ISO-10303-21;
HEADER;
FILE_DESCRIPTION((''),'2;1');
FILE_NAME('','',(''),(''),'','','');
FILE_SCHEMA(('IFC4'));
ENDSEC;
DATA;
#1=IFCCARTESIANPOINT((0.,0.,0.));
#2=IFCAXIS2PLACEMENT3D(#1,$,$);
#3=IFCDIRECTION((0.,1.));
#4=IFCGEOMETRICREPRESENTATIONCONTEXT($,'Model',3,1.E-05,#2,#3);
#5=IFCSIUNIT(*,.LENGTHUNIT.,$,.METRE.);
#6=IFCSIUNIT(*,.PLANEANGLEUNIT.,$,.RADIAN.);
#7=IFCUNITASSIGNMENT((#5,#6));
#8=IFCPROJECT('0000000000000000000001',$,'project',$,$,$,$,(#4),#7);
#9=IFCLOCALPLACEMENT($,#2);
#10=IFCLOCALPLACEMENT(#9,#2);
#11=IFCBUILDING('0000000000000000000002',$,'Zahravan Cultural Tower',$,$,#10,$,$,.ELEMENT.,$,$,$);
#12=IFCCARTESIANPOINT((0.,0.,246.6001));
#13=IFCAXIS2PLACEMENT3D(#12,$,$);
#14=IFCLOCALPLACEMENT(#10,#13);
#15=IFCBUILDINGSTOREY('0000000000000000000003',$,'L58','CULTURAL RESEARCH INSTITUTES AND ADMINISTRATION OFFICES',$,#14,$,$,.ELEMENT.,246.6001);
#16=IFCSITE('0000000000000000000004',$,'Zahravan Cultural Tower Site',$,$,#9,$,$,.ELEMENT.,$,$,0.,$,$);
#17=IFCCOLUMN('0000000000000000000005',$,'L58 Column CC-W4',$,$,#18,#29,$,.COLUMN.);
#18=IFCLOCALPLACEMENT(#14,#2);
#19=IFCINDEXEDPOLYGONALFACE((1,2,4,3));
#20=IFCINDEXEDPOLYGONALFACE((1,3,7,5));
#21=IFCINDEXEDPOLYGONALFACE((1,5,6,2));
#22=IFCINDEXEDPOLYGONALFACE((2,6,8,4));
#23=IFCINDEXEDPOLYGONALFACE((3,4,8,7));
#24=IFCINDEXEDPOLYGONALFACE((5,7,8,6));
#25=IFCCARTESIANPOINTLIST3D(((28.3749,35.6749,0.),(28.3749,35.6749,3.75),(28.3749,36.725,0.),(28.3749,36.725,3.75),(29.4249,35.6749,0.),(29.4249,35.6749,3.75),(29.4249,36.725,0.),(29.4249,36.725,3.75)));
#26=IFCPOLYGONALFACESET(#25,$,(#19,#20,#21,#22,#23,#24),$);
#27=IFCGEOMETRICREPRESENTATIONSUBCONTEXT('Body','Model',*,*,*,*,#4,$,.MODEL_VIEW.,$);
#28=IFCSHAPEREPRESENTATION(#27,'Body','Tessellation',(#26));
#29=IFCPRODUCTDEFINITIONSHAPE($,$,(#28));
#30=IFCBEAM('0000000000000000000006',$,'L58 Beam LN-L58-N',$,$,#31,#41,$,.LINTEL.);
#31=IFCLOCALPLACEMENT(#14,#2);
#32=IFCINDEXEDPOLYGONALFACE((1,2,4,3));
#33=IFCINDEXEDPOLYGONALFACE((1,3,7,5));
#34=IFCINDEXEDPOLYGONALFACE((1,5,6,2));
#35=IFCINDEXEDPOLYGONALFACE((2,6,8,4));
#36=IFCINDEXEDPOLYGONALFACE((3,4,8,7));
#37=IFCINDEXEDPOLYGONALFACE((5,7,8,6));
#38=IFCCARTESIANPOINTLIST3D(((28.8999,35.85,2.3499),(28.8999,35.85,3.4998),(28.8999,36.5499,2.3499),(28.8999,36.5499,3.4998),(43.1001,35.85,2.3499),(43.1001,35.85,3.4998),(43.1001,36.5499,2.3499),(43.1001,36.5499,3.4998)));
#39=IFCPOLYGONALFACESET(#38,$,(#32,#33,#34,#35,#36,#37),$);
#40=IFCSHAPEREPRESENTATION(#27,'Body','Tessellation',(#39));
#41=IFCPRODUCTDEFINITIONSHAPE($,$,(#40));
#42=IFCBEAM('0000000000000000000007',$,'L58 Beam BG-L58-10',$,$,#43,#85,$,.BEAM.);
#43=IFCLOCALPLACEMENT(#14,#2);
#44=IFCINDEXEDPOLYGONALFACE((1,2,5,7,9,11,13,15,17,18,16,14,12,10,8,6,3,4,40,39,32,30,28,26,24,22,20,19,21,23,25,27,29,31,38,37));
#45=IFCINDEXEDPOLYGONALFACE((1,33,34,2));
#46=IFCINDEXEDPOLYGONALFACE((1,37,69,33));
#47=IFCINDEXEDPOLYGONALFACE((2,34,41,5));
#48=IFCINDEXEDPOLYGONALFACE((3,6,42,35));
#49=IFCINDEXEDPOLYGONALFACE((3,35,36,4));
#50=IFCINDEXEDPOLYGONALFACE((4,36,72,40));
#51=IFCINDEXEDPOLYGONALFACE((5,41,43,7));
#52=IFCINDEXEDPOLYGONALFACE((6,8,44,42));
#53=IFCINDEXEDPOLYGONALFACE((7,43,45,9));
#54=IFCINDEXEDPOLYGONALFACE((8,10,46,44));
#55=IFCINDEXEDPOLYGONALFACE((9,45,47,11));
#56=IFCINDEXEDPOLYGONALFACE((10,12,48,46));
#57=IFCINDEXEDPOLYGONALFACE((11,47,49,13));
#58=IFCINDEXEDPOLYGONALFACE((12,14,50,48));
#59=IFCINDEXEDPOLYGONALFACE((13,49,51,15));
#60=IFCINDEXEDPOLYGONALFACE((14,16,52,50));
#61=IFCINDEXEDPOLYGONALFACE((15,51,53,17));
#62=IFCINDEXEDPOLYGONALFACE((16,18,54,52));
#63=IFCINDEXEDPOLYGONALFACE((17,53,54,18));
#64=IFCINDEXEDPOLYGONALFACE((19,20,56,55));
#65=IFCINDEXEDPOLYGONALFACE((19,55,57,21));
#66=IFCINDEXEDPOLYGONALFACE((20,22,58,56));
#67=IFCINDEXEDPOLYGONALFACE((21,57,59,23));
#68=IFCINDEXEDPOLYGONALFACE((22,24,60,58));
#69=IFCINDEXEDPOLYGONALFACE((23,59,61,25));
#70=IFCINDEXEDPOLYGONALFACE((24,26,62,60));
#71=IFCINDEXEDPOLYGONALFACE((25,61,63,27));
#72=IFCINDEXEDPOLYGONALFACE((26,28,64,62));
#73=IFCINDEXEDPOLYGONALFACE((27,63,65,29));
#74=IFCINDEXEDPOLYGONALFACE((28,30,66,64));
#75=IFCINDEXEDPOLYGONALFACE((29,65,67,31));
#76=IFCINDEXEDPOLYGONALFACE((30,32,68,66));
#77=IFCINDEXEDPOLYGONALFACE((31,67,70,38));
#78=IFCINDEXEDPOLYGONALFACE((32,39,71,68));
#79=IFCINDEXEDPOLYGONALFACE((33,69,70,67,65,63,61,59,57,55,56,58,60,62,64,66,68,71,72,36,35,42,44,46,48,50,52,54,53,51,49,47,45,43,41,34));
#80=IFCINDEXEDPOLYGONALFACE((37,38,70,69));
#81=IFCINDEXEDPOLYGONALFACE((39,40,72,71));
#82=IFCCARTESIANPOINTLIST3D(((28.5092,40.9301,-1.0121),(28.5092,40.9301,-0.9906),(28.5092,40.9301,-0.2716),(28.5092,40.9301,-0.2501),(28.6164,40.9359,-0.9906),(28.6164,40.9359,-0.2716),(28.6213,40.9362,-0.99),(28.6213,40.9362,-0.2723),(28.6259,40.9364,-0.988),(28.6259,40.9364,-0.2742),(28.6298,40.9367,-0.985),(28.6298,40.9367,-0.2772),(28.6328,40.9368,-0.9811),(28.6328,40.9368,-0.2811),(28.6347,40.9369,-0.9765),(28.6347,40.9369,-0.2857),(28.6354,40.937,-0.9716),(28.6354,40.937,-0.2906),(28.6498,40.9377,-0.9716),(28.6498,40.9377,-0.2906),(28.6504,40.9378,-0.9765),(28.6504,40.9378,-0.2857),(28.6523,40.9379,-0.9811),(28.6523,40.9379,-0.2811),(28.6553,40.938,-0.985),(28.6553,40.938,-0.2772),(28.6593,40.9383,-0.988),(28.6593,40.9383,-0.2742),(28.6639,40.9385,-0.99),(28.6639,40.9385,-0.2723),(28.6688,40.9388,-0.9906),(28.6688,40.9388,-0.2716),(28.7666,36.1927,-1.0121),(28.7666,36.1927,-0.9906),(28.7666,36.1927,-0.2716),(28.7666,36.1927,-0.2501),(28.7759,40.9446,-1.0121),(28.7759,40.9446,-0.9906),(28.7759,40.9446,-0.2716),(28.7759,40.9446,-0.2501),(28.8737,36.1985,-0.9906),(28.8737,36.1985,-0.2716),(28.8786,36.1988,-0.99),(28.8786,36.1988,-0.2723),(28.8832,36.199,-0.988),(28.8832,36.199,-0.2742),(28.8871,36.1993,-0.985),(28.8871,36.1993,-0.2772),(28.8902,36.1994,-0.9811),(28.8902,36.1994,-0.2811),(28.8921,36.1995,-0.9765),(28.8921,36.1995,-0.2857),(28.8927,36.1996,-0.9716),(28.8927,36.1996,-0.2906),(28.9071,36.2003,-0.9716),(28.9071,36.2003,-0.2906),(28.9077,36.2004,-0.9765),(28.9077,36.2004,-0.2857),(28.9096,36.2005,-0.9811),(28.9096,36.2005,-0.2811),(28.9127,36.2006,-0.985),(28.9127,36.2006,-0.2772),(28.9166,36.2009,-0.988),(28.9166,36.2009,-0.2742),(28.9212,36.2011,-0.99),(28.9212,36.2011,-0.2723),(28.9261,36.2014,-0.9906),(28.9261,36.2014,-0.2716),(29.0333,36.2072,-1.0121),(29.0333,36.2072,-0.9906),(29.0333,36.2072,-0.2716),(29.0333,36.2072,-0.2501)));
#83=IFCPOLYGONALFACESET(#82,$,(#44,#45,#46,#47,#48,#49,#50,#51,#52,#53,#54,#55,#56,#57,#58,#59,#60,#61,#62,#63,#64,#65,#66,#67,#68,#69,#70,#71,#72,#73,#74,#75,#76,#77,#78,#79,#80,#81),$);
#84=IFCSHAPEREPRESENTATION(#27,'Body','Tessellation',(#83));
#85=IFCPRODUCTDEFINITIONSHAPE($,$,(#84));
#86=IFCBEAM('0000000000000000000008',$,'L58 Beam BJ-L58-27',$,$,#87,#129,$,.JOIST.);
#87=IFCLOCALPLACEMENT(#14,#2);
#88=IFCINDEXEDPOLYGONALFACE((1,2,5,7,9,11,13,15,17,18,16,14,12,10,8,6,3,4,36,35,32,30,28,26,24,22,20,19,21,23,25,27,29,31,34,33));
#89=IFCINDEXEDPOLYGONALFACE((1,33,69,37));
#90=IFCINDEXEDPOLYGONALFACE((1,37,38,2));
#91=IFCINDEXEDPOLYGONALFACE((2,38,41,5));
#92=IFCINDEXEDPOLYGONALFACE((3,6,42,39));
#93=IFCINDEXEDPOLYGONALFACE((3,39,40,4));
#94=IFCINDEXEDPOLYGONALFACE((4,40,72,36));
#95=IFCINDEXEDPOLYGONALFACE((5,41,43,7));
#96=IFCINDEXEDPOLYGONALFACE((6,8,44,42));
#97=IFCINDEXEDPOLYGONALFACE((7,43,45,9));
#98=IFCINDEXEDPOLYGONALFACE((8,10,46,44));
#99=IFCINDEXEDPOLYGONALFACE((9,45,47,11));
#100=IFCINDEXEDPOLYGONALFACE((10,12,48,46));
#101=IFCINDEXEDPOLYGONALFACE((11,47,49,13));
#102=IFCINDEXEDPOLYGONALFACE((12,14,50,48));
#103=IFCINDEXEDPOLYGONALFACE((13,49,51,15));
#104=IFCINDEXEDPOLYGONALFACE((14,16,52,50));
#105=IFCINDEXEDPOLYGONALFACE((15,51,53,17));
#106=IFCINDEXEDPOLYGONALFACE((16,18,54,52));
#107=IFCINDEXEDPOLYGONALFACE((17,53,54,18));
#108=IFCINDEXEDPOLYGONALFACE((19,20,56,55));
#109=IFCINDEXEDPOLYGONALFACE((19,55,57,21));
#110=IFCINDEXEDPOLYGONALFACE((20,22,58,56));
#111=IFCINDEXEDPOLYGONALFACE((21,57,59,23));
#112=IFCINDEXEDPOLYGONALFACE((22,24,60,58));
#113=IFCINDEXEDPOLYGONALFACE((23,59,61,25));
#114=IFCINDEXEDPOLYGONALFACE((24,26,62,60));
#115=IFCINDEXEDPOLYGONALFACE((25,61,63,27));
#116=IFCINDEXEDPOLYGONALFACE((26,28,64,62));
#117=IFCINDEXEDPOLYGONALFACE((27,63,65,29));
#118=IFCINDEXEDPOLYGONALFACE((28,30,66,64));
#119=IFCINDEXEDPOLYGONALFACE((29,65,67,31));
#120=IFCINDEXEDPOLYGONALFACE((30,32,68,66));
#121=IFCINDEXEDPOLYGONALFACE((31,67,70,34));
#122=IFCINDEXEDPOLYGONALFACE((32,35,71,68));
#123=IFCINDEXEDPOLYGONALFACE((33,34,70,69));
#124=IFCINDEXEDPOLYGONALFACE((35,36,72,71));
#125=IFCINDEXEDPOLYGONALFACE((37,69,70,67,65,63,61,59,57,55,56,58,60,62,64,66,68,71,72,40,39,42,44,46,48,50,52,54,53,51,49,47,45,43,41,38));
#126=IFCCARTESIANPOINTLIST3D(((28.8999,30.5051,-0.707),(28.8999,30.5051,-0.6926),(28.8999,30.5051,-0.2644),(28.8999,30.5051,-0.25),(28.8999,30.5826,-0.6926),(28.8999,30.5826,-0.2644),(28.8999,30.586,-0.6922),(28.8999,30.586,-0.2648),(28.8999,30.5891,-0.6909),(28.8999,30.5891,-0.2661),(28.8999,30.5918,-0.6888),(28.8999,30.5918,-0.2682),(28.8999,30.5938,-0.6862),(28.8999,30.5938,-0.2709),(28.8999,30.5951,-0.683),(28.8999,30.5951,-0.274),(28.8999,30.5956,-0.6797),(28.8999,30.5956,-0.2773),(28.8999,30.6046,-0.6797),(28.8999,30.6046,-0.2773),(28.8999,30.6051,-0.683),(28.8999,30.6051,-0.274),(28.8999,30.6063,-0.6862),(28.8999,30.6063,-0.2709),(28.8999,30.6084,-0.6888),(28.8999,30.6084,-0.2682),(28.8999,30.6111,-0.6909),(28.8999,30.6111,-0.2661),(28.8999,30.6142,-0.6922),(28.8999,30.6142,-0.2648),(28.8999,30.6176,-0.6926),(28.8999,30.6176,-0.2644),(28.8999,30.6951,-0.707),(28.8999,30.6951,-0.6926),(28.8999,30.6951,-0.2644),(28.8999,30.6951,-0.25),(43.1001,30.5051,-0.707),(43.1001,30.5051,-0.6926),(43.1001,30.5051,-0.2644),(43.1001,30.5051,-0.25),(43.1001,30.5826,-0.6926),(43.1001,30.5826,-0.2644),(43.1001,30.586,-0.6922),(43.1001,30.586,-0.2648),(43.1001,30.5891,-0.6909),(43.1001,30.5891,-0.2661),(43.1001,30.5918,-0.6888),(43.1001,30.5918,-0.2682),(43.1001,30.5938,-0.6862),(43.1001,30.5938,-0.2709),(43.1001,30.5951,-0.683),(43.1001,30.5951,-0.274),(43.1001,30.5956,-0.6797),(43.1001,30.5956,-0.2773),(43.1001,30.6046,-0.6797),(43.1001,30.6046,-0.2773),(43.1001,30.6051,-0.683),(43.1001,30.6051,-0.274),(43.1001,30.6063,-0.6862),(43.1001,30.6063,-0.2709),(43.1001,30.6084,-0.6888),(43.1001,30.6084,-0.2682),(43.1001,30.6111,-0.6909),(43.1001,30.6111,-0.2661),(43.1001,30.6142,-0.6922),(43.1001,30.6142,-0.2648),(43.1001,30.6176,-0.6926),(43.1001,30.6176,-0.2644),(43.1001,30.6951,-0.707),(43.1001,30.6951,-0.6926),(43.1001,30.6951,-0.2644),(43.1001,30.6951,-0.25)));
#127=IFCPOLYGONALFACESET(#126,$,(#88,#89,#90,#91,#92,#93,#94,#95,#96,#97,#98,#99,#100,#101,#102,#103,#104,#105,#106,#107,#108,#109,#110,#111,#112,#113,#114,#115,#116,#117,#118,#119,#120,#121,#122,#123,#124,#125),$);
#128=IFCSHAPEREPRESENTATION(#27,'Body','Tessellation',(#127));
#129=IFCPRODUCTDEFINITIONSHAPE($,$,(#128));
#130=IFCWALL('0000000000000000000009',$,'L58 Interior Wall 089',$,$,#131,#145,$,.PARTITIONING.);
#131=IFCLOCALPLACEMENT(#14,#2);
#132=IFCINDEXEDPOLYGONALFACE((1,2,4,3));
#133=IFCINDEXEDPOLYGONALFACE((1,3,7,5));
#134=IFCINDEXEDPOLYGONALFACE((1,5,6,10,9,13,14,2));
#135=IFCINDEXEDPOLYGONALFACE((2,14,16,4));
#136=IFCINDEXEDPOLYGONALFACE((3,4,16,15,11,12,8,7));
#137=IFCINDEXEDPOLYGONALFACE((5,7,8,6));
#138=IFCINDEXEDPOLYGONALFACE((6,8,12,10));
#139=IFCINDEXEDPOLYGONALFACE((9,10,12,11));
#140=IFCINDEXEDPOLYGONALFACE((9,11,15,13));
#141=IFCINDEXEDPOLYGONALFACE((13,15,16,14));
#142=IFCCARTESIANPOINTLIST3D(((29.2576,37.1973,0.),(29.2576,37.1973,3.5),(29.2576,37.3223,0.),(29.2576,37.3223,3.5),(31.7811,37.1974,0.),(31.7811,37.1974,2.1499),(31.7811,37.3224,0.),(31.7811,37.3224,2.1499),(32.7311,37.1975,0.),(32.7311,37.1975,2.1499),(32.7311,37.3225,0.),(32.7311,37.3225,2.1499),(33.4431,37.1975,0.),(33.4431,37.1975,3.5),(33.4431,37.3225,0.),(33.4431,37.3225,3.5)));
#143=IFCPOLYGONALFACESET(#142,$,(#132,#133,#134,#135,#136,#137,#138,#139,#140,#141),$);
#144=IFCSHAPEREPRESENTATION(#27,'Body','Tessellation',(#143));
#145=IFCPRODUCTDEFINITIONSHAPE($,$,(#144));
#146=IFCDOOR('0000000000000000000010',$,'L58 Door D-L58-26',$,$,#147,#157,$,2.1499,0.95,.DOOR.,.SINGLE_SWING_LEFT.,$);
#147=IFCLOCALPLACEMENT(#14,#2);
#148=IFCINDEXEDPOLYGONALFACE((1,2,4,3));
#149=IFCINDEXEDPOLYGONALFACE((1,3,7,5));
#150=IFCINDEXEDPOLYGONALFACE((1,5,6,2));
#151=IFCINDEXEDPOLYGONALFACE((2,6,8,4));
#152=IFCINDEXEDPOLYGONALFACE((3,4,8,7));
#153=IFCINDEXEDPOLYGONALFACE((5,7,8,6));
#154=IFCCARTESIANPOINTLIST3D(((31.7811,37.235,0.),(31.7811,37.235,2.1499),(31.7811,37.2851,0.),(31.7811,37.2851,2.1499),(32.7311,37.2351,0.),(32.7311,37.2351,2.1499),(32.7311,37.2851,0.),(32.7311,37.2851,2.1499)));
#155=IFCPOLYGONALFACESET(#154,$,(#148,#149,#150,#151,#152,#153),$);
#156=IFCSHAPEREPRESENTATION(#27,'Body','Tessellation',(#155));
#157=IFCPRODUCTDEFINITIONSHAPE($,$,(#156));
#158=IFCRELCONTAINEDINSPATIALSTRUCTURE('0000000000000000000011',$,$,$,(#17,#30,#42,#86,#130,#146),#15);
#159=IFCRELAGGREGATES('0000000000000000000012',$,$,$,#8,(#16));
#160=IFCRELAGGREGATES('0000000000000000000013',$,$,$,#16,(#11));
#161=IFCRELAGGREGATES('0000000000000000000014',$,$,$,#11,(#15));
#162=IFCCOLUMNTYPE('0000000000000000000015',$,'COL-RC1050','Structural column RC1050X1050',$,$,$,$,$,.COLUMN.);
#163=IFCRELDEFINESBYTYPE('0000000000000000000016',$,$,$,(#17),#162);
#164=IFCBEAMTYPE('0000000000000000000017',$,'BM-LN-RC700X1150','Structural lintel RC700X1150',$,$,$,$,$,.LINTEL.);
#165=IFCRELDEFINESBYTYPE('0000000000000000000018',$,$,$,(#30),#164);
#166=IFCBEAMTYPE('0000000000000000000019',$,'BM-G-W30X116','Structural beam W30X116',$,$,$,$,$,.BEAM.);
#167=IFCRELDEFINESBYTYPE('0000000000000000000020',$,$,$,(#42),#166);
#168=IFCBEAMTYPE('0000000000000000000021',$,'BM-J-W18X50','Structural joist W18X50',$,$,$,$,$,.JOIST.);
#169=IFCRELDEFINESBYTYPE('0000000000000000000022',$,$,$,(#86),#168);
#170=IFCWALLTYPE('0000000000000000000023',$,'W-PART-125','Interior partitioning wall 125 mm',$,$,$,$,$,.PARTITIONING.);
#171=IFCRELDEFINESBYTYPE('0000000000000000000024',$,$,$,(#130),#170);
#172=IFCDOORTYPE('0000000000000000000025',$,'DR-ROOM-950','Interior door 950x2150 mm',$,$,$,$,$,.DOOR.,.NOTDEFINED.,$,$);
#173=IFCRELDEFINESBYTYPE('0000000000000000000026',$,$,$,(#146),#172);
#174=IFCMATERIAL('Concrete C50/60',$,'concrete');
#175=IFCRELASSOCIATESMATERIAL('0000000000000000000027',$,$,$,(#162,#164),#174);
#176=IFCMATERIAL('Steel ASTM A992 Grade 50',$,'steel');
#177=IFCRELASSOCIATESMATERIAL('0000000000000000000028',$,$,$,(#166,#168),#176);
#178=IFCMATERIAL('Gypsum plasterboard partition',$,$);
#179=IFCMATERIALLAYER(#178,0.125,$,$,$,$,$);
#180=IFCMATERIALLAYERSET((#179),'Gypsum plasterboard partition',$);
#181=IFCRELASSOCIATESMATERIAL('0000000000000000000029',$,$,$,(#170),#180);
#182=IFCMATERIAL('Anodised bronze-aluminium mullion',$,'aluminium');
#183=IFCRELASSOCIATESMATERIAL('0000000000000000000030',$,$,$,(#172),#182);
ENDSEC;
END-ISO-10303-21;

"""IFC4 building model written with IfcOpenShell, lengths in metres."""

from ifc_helpers import new_model, si_unit, direction, frame, frame_2d, origin, origin_2d, place, context, subcontext, project, spatial, rectangle, i_section, extrude, source, transform, mapped, material, layer, layer_set, material_profile, profile_set, type_object, element, fill, save


model = new_model("IFC4")

# Units and contexts
model_context = context("Model", 3, precision=1e-05, world=origin(), true_north=direction((0.0, 1.0)))
body_context = subcontext(model_context, "Body", "Model", "MODEL_VIEW")
ifc_project = project(units=[si_unit("LENGTHUNIT", "METRE"), si_unit("PLANEANGLEUNIT", "RADIAN")], contexts=[model_context])

# Site, building, storey
site_placement = place(None, origin())
site = spatial("IfcSite", under=ifc_project, at=site_placement, Name="Zahravan Cultural Tower Site", CompositionType="ELEMENT", RefElevation=0.0)
building_placement = place(site_placement, origin())
building = spatial("IfcBuilding", under=site, at=building_placement, Name="Zahravan Cultural Tower", CompositionType="ELEMENT")
storey_placement = place(building_placement, frame((0.0, 0.0, 246.6001)))
storey = spatial("IfcBuildingStorey", under=building, at=storey_placement, Name="L58", Description="CULTURAL RESEARCH INSTITUTES AND ADMINISTRATION OFFICES", CompositionType="ELEMENT", Elevation=246.6001)

# Column
ifc_material_1 = material(Name="Concrete C50/60", Category="concrete")
ifc_material_profile_1 = material_profile(ifc_material_1, rectangle(XDim=1.05, YDim=1.05, at=origin_2d()), Name="RC1050X1050")
ifc_profile_set_1 = profile_set([ifc_material_profile_1], Name="Concrete C50/60")
column_type = type_object("IfcColumnType", Name="COL-RC1050", Description="Structural column RC1050X1050", PredefinedType="COLUMN", material=ifc_profile_set_1)
shared_shape_1 = source(origin(), body_context, "Body", "SweptSolid", [
    extrude(rectangle(XDim=1.05, YDim=1.05, at=origin_2d()), origin(), (0.0, 0.0, 1.0), 3.75),
])
column_placement = place(storey_placement, frame((28.8999, 36.2, 0.0), z_axis=(0.0, 0.0, 1.0), x_axis=(1.0, 0.0, 0.0)))
element("IfcColumn", 1, at=column_placement, inside=storey, type_object=column_type, Name="L58 Column CC-W4", PredefinedType="COLUMN", context=body_context, shape_type="MappedRepresentation", body=[
    mapped(shared_shape_1, transform((0.0, 0.0, 0.0), x_axis=(1.0, 0.0, 0.0), y_axis=(0.0, 1.0, 0.0), z_axis=(0.0, 0.0, 1.0), scale=1.0)),
])

# Beams
ifc_material_profile_2 = material_profile(ifc_material_1, rectangle(XDim=0.7, YDim=1.1499, at=origin_2d()), Name="RC700X1150")
ifc_profile_set_2 = profile_set([ifc_material_profile_2], Name="Concrete C50/60")
beam_type_1 = type_object("IfcBeamType", Name="BM-LN-RC700X1150", Description="Structural lintel RC700X1150", PredefinedType="LINTEL", material=ifc_profile_set_2)
shared_shape_2 = source(origin(), body_context, "Body", "SweptSolid", [
    extrude(rectangle(XDim=0.7, YDim=1.1499, at=origin_2d()), origin(), (0.0, 0.0, 1.0), 14.2002),
])
beam_1_placement = place(storey_placement, frame((28.8999, 36.2, 2.9248), z_axis=(1.0, 0.0, 0.0), x_axis=(0.0, 1.0, 0.0)))
element("IfcBeam", 2, at=beam_1_placement, inside=storey, type_object=beam_type_1, Name="L58 Beam LN-L58-N", PredefinedType="LINTEL", context=body_context, shape_type="MappedRepresentation", body=[
    mapped(shared_shape_2, transform((0.0, 0.0, 0.0), x_axis=(1.0, 0.0, 0.0), y_axis=(0.0, 1.0, 0.0), z_axis=(0.0, 0.0, 1.0), scale=1.0)),
])
ifc_material_2 = material(Name="Steel ASTM A992 Grade 50", Category="steel")
ifc_material_profile_3 = material_profile(ifc_material_2, i_section(OverallWidth=0.2671, OverallDepth=0.762, WebThickness=0.0144, FlangeThickness=0.0215, FilletRadius=0.019, at=origin_2d()), Name="W30X116")
ifc_profile_set_3 = profile_set([ifc_material_profile_3], Name="Steel ASTM A992 Grade 50")
beam_type_2 = type_object("IfcBeamType", Name="BM-G-W30X116", Description="Structural beam W30X116", PredefinedType="BEAM", material=ifc_profile_set_3)
shared_shape_3 = source(origin(), body_context, "Body", "SweptSolid", [
    extrude(i_section(OverallWidth=0.2671, OverallDepth=0.762, WebThickness=0.0144, FlangeThickness=0.0215, FilletRadius=0.019, at=origin_2d()), origin(), (0.0, 0.0, 1.0), 4.7444),
])
beam_2_placement = place(storey_placement, frame((28.8999, 36.2, -0.6311), z_axis=(-0.054239, 0.998528, 0.0), x_axis=(-0.998528, -0.054239, 0.0)))
element("IfcBeam", 3, at=beam_2_placement, inside=storey, type_object=beam_type_2, Name="L58 Beam BG-L58-10", PredefinedType="BEAM", context=body_context, shape_type="MappedRepresentation", body=[
    mapped(shared_shape_3, transform((0.0, 0.0, 0.0), x_axis=(1.0, 0.0, 0.0), y_axis=(0.0, 1.0, 0.0), z_axis=(0.0, 0.0, 1.0), scale=1.0)),
])
ifc_material_profile_4 = material_profile(ifc_material_2, i_section(OverallWidth=0.1899, OverallDepth=0.457, WebThickness=0.009, FlangeThickness=0.0144, FilletRadius=0.0129, at=origin_2d()), Name="W18X50")
ifc_profile_set_4 = profile_set([ifc_material_profile_4], Name="Steel ASTM A992 Grade 50")
beam_type_3 = type_object("IfcBeamType", Name="BM-J-W18X50", Description="Structural joist W18X50", PredefinedType="JOIST", material=ifc_profile_set_4)
shared_shape_4 = source(origin(), body_context, "Body", "SweptSolid", [
    extrude(i_section(OverallWidth=0.1899, OverallDepth=0.457, WebThickness=0.009, FlangeThickness=0.0144, FilletRadius=0.0129, at=origin_2d()), origin(), (0.0, 0.0, 1.0), 14.2002),
])
beam_3_placement = place(storey_placement, frame((28.8999, 30.6001, -0.4785), z_axis=(1.0, 0.0, 0.0), x_axis=(0.0, 1.0, 0.0)))
element("IfcBeam", 4, at=beam_3_placement, inside=storey, type_object=beam_type_3, Name="L58 Beam BJ-L58-27", PredefinedType="JOIST", context=body_context, shape_type="MappedRepresentation", body=[
    mapped(shared_shape_4, transform((0.0, 0.0, 0.0), x_axis=(1.0, 0.0, 0.0), y_axis=(0.0, 1.0, 0.0), z_axis=(0.0, 0.0, 1.0), scale=1.0)),
])

# Wall, opening, door
ifc_material_3 = material(Name="Gypsum plasterboard partition")
ifc_layer_1 = layer(ifc_material_3, 0.125)
ifc_layer_set_1 = layer_set([ifc_layer_1], Name="Gypsum plasterboard partition")
wall_type_1 = type_object("IfcWallType", Name="W-PART-125", Description="Interior partitioning wall 125 mm", PredefinedType="PARTITIONING", material=ifc_layer_set_1)
wall_1_placement = place(storey_placement, frame((33.4431, 37.26, 0.0), z_axis=(0.0, 0.0, 1.0), x_axis=(-1.0, -0.000058, 0.0)))
wall_1 = element("IfcWall", 5, at=wall_1_placement, inside=storey, type_object=wall_type_1, Name="L58 Interior Wall 089", PredefinedType="PARTITIONING", context=body_context, shape_type="SweptSolid", body=[
    extrude(rectangle(XDim=4.1855, YDim=0.125, at=frame_2d((2.0928, 0.0))), origin(), (0.0, 0.0, 1.0), 3.5),
])
opening_1_placement = place(wall_1_placement, frame((0.7119, 0.0, 0.0)))
opening_1 = element("IfcOpeningElement", 6, at=opening_1_placement, cuts=wall_1, PredefinedType="OPENING", context=body_context, shape_type="SweptSolid", body=[
    extrude(rectangle(XDim=0.95, YDim=2.1499, at=frame_2d((0.4751, 1.075))), frame((0.0, 0.0725, 0.0), z_axis=(0.0, -1.0, 0.0), x_axis=(1.0, 0.0, 0.0)), (0.0, 0.0, 1.0), 0.145),
])
ifc_material_4 = material(Name="Anodised bronze-aluminium mullion", Category="aluminium")
door_type_1 = type_object("IfcDoorType", Name="DR-ROOM-950", Description="Interior door 950x2150 mm", OperationType="NOTDEFINED", PredefinedType="DOOR", material=ifc_material_4)
shared_shape_5 = source(origin(), body_context, "Body", "SweptSolid", [
    extrude(rectangle(XDim=0.95, YDim=2.1499, at=frame_2d((0.4751, 1.075))), frame((0.0, 0.0249, 0.0), z_axis=(0.0, -1.0, 0.0), x_axis=(1.0, 0.0, 0.0)), (0.0, 0.0, 1.0), 0.05),
])
door_1_placement = place(opening_1_placement, origin())
door_1 = element("IfcDoor", 7, at=door_1_placement, inside=storey, type_object=door_type_1, Name="L58 Door D-L58-26", OperationType="SINGLE_SWING_LEFT", OverallHeight=2.1499, OverallWidth=0.95, PredefinedType="DOOR", context=body_context, shape_type="MappedRepresentation", body=[
    mapped(shared_shape_5, transform((0.0, 0.0, 0.0), x_axis=(1.0, 0.0, 0.0), y_axis=(0.0, 1.0, 0.0), z_axis=(0.0, 0.0, 1.0), scale=1.0)),
])
fill(opening_1, door_1)

save(model, "model.ifc")
